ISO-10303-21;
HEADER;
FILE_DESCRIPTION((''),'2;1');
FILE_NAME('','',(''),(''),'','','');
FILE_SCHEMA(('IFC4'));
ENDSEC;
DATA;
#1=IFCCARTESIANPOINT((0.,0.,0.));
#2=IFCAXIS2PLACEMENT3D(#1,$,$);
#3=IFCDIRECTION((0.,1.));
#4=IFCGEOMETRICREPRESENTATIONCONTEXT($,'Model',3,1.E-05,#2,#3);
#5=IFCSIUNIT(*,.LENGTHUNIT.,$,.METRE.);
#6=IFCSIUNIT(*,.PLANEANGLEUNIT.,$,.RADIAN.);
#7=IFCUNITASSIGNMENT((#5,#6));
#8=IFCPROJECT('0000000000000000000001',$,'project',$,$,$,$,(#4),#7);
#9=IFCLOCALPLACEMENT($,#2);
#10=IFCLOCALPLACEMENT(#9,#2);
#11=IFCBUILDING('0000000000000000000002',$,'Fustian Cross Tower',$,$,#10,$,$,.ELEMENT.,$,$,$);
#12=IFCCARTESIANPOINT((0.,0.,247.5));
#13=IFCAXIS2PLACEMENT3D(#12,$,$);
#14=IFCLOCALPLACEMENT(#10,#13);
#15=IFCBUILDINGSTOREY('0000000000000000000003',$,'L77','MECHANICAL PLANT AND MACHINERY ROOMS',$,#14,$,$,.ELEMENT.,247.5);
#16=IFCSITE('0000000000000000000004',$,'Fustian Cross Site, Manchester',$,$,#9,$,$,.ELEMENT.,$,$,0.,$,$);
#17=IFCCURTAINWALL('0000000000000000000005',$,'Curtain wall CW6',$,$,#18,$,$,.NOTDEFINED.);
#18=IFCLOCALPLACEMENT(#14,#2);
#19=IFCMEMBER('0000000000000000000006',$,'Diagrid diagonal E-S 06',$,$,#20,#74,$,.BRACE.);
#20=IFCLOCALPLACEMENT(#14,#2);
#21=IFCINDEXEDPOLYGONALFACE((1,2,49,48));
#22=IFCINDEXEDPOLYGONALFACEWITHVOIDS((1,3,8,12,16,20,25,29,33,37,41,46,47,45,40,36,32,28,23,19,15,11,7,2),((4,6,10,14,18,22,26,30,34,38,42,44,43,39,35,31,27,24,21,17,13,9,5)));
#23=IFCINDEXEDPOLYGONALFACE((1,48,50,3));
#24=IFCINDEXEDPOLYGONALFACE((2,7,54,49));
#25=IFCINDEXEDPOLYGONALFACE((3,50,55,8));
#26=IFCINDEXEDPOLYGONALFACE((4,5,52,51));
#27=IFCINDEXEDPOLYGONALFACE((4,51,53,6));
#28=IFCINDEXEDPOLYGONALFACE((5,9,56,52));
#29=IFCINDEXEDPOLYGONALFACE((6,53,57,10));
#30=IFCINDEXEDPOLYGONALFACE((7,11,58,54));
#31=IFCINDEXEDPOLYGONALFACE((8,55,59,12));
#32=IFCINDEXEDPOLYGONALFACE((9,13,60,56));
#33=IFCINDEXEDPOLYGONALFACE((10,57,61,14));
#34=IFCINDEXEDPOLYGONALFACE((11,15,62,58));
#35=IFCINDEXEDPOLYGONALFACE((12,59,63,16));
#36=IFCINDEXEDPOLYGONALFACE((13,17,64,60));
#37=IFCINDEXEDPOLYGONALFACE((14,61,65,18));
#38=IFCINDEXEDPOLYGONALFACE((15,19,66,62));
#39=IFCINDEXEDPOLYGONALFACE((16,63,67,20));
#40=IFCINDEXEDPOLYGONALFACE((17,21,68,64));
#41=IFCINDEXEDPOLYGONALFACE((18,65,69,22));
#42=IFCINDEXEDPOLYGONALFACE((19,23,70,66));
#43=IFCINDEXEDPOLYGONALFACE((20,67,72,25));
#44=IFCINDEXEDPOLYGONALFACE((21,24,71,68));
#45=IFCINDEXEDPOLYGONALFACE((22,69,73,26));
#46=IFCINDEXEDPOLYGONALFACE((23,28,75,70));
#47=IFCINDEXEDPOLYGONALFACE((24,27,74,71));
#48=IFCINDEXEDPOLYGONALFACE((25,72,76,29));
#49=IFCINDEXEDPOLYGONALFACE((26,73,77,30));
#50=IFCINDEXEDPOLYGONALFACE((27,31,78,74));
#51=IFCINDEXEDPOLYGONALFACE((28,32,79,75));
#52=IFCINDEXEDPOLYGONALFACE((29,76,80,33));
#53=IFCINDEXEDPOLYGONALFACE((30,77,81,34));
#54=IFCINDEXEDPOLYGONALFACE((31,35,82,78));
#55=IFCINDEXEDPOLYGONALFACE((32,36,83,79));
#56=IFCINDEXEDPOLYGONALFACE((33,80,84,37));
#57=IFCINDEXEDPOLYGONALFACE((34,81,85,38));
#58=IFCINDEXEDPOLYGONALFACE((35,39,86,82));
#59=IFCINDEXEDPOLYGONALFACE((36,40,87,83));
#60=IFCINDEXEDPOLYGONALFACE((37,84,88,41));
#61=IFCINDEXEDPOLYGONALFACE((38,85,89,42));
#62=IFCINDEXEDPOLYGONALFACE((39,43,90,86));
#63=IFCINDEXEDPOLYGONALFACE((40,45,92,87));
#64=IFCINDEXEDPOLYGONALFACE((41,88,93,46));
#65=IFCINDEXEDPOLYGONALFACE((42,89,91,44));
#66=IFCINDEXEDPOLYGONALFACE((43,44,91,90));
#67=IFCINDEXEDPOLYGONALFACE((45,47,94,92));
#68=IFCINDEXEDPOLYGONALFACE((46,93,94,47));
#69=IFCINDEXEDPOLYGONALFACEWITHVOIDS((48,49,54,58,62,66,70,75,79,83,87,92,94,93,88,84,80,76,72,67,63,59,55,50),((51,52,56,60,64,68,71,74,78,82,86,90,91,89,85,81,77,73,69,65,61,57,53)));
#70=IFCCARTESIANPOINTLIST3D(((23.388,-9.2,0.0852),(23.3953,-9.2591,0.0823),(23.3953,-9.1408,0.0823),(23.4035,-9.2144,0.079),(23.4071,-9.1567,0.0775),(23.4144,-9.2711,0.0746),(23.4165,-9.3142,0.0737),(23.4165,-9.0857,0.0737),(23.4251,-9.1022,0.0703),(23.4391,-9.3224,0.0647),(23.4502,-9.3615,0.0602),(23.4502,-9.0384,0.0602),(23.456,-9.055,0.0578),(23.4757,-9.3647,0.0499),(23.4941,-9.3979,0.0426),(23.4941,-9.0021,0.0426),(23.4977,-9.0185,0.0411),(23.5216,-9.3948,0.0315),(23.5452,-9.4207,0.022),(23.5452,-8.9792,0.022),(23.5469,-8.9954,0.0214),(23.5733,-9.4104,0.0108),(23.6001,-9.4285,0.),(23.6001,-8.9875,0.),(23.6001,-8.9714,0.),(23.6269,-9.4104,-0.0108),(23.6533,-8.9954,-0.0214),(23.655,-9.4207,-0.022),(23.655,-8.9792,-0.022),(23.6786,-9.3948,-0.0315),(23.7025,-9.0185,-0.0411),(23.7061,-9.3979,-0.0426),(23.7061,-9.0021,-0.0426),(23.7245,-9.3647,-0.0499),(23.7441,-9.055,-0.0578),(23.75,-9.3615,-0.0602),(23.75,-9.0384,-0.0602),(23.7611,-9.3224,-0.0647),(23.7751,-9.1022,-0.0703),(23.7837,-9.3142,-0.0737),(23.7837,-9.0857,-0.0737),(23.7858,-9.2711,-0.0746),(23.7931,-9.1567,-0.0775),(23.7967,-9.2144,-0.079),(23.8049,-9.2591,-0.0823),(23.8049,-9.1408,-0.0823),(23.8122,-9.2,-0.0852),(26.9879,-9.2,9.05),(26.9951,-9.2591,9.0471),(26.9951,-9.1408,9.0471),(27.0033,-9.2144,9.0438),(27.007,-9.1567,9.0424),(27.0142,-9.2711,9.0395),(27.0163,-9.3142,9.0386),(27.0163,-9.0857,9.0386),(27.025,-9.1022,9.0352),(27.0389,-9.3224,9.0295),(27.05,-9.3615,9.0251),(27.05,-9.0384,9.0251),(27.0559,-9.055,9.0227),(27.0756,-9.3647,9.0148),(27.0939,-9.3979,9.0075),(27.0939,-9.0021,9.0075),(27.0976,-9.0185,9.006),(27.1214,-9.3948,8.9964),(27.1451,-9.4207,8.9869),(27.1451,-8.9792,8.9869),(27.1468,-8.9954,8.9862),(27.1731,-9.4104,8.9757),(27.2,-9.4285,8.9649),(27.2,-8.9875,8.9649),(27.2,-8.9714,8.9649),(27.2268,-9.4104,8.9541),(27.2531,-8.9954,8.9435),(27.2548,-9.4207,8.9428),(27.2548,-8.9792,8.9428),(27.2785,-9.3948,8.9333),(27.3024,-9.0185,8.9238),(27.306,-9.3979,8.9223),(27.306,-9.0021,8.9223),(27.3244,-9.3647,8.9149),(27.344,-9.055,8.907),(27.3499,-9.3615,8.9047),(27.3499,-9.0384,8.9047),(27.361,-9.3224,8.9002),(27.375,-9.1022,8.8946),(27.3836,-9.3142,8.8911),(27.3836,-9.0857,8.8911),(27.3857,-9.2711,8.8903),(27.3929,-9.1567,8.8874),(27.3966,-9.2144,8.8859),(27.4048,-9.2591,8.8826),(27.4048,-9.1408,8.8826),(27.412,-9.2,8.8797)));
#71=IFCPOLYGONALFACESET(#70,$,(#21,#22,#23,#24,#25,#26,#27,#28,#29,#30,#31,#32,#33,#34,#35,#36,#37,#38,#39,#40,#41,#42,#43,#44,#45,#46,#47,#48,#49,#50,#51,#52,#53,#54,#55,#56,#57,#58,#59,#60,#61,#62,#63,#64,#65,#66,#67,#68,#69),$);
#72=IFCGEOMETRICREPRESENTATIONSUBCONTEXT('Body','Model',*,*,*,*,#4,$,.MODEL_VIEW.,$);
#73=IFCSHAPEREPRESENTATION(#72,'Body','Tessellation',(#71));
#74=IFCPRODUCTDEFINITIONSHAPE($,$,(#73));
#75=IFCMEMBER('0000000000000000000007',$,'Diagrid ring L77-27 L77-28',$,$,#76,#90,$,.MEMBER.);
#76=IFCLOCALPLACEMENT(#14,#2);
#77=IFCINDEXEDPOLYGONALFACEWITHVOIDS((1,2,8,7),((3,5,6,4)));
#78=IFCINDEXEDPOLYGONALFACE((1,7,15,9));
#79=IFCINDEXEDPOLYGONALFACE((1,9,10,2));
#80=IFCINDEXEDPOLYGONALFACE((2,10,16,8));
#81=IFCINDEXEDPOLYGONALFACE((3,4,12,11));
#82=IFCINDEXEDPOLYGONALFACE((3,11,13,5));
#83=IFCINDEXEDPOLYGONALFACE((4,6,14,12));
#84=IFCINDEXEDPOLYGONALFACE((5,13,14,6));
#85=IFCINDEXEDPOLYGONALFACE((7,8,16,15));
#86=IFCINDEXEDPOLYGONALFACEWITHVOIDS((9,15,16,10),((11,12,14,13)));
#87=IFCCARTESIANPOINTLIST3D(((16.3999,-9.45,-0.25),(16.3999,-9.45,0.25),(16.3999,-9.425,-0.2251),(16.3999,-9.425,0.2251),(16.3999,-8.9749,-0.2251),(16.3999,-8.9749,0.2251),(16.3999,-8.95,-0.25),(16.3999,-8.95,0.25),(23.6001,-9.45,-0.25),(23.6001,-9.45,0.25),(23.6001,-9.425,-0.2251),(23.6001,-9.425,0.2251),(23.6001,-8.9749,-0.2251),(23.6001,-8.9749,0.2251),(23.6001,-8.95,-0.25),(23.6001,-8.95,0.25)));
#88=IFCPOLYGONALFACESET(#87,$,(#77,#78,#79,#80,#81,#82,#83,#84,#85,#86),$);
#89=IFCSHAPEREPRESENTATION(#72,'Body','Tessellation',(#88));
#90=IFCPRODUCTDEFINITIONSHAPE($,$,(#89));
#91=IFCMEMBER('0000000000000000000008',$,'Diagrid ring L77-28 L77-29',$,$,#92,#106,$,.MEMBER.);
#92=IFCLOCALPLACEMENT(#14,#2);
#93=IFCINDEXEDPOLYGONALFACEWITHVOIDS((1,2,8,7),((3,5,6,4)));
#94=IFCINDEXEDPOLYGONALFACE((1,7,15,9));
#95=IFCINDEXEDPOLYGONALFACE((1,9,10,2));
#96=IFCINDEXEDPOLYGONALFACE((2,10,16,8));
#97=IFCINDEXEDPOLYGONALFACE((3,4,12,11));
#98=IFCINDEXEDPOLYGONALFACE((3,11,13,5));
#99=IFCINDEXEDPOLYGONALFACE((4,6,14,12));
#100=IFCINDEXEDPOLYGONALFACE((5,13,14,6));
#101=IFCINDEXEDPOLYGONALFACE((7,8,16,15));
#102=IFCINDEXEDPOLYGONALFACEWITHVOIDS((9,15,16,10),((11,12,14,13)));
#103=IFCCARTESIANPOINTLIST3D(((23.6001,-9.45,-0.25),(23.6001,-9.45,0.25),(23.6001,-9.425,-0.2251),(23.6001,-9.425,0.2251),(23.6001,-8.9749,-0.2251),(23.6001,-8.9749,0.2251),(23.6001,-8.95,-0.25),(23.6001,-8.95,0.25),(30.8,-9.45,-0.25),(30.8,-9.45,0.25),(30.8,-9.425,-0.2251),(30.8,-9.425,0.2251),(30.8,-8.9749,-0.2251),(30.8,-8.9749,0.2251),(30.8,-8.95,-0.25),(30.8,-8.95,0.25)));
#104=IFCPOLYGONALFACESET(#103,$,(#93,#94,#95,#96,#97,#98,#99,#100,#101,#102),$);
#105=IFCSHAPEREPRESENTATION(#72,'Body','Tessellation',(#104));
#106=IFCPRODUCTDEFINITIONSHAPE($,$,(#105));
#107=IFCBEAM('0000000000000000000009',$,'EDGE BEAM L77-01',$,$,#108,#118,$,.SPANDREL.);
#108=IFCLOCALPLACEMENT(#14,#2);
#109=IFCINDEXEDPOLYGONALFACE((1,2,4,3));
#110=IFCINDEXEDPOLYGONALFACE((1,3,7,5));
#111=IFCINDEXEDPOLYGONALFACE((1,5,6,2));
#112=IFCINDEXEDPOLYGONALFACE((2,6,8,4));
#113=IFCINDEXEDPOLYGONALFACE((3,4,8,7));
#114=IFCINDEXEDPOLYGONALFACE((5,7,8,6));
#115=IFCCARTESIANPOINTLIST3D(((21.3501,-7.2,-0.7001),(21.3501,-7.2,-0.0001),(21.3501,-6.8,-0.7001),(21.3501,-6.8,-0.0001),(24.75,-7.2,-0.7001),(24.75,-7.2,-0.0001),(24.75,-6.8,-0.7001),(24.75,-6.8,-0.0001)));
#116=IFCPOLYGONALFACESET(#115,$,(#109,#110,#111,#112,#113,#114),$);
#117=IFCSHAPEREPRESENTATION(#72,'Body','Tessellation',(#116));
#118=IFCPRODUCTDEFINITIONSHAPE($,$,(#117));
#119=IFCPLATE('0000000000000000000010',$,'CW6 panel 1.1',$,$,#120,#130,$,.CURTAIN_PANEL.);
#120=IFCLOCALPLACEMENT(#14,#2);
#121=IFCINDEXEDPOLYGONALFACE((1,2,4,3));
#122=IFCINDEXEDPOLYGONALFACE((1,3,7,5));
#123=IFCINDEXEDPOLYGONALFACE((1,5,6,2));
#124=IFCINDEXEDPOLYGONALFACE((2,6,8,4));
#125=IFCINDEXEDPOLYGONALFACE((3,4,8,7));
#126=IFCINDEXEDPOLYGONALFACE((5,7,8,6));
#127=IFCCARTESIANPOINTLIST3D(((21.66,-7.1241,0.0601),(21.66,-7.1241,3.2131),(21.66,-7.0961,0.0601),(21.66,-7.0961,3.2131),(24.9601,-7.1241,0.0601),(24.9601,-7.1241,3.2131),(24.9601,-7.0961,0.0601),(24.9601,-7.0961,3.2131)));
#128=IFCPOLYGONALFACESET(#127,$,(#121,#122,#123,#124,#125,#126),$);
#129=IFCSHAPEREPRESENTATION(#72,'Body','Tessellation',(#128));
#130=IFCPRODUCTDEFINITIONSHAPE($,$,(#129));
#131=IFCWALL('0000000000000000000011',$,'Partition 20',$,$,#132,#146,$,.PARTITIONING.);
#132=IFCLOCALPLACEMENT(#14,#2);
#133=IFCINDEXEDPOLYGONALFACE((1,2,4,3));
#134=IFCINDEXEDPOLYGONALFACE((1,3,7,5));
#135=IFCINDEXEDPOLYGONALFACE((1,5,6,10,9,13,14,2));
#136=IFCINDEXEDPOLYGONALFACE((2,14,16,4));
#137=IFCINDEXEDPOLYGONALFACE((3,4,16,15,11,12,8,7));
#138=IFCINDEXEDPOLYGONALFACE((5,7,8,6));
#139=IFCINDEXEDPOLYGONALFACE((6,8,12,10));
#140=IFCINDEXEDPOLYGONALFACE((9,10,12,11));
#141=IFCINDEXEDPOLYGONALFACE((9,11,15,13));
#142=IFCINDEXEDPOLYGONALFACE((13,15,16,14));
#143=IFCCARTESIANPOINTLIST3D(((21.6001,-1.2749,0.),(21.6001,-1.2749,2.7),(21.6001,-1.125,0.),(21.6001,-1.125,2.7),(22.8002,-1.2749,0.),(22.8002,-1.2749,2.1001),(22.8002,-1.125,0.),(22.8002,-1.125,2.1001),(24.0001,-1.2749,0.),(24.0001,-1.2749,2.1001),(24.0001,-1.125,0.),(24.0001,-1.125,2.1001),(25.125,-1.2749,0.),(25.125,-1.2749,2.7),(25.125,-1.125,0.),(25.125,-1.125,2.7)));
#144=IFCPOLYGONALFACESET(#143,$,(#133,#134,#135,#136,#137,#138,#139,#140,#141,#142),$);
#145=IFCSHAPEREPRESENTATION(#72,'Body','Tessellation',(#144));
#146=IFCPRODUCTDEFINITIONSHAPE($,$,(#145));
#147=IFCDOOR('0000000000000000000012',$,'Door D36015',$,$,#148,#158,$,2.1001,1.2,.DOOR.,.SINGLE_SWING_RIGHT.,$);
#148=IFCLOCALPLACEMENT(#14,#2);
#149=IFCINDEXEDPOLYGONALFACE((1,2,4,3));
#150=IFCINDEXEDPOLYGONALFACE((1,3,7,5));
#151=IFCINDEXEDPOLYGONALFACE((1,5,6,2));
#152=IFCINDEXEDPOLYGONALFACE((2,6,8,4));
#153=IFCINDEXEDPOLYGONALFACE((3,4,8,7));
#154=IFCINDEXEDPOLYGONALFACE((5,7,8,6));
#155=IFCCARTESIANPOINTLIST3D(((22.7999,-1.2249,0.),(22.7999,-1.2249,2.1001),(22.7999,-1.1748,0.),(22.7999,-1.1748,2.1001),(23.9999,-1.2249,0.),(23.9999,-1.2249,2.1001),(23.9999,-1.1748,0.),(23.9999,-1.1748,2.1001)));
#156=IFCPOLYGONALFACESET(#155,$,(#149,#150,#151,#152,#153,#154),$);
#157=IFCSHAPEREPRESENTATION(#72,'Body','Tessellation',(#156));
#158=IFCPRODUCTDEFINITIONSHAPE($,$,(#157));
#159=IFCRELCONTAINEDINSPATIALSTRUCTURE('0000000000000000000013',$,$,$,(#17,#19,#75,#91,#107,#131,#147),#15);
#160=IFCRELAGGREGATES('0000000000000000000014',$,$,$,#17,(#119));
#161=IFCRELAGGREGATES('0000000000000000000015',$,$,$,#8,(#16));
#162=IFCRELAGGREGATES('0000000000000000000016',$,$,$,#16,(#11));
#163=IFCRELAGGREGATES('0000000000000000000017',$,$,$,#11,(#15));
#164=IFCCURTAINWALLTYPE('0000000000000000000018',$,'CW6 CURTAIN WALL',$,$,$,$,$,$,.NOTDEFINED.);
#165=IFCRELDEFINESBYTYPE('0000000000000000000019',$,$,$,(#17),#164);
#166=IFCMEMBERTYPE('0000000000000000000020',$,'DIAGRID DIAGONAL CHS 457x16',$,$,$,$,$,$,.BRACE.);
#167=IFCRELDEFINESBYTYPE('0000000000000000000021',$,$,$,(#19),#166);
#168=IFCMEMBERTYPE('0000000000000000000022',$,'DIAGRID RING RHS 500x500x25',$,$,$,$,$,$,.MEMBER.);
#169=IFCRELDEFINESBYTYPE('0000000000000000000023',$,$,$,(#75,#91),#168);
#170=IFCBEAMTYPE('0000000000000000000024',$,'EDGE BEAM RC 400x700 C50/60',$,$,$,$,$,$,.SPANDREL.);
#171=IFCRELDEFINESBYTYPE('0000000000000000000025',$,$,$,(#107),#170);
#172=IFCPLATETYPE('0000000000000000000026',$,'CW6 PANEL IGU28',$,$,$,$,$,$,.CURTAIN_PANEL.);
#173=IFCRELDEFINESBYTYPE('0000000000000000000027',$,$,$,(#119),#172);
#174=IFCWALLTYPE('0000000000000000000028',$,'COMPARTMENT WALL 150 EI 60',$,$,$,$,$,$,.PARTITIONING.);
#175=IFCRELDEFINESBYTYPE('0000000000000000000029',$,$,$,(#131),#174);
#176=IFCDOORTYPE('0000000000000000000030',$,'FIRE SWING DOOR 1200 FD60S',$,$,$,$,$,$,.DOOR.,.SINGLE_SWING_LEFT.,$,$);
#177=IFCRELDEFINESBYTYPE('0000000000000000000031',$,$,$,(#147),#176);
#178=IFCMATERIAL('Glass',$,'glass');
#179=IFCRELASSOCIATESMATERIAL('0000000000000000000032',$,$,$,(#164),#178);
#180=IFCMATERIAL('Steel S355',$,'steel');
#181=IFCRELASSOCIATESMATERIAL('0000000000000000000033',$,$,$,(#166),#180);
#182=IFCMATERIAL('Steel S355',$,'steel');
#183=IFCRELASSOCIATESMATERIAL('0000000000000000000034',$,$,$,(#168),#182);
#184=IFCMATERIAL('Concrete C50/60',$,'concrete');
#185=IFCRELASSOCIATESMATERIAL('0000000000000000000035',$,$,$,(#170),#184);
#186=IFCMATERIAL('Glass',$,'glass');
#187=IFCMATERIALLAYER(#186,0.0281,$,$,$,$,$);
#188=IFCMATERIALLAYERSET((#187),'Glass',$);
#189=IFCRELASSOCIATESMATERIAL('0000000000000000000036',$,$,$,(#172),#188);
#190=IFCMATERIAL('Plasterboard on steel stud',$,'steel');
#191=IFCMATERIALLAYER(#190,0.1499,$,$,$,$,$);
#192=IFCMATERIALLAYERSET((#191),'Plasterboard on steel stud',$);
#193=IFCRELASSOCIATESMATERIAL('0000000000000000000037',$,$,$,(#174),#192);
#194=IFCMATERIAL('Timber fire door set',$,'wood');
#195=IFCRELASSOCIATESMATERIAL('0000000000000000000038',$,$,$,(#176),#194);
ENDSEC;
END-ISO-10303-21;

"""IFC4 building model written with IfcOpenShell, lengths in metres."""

from ifc_helpers import new_model, si_unit, direction, frame, frame_2d, origin, origin_2d, place, context, subcontext, project, spatial, rectangle, hollow_rectangle, hollow_circle, extrude, material, layer, layer_set, material_profile, profile_set, type_object, element, fill, aggregate, save


model = new_model("IFC4")

# Units and contexts
model_context = context("Model", 3, precision=1e-05, world=origin(), true_north=direction((0.0, 1.0)))
body_context = subcontext(model_context, "Body", "Model", "MODEL_VIEW")
ifc_project = project(units=[si_unit("LENGTHUNIT", "METRE"), si_unit("PLANEANGLEUNIT", "RADIAN")], contexts=[model_context])

# Site, building, storey
site_placement = place(None, origin())
site = spatial("IfcSite", under=ifc_project, at=site_placement, Name="Fustian Cross Site, Manchester", CompositionType="ELEMENT", RefElevation=0.0)
building_placement = place(site_placement, origin())
building = spatial("IfcBuilding", under=site, at=building_placement, Name="Fustian Cross Tower", CompositionType="ELEMENT")
storey_placement = place(building_placement, frame((0.0, 0.0, 247.5)))
storey = spatial("IfcBuildingStorey", under=building, at=storey_placement, Name="L77", Description="MECHANICAL PLANT AND MACHINERY ROOMS", CompositionType="ELEMENT", Elevation=247.5)

# Curtain wall
ifc_material_1 = material(Name="Glass", Category="glass")
curtain_wall_type = type_object("IfcCurtainWallType", Name="CW6 CURTAIN WALL", PredefinedType="NOTDEFINED", material=ifc_material_1)
curtain_wall_1_placement = place(storey_placement, origin())
curtain_wall_1 = element("IfcCurtainWall", 1, at=curtain_wall_1_placement, inside=storey, type_object=curtain_wall_type, Name="Curtain wall CW6", PredefinedType="NOTDEFINED")

# Members
ifc_material_2 = material(Name="Steel S355", Category="steel")
ifc_material_profile_1 = material_profile(ifc_material_2, hollow_circle(Radius=0.2285, WallThickness=0.0161, at=origin_2d()), Name="CHS 457x16")
ifc_profile_set_1 = profile_set([ifc_material_profile_1], Name="Steel S355")
member_type_1 = type_object("IfcMemberType", Name="DIAGRID DIAGONAL CHS 457x16", PredefinedType="BRACE", material=ifc_profile_set_1)
for number, where, z_axis, x_axis, name in (
    (2, (23.6001, -9.2, 0.0), (0.372632, 0.0, 0.927979), (0.0, 1.0, 0.0), "Diagrid diagonal E-S 06"),
):
    element("IfcMember", number, at=place(storey_placement, frame(where, z_axis=z_axis, x_axis=x_axis)), inside=storey, type_object=member_type_1, Name=name, PredefinedType="BRACE", context=body_context, shape_type="SweptSolid", body=[
        extrude(hollow_circle(Radius=0.2285, WallThickness=0.0161, at=origin_2d()), origin(), (0.0, 0.0, 1.0), 9.6606),
    ])
ifc_material_3 = material(Name="Steel S355", Category="steel")
ifc_material_profile_2 = material_profile(ifc_material_3, hollow_rectangle(XDim=0.5, YDim=0.5, WallThickness=0.0249, at=origin_2d()), Name="RHS 500x500x25")
ifc_profile_set_2 = profile_set([ifc_material_profile_2], Name="Steel S355")
member_type_2 = type_object("IfcMemberType", Name="DIAGRID RING RHS 500x500x25", PredefinedType="MEMBER", material=ifc_profile_set_2)
member_1_placement = place(storey_placement, frame((16.3999, -9.2, 0.0), z_axis=(1.0, 0.0, 0.0), x_axis=(0.0, 1.0, 0.0)))
element("IfcMember", 3, at=member_1_placement, inside=storey, type_object=member_type_2, Name="Diagrid ring L77-27 L77-28", PredefinedType="MEMBER", context=body_context, shape_type="SweptSolid", body=[
    extrude(hollow_rectangle(XDim=0.5, YDim=0.5, WallThickness=0.0249, at=origin_2d()), origin(), (0.0, 0.0, 1.0), 7.2002),
])
member_2_placement = place(storey_placement, frame((23.6001, -9.2, 0.0), z_axis=(1.0, 0.0, 0.0), x_axis=(0.0, 1.0, 0.0)))
element("IfcMember", 4, at=member_2_placement, inside=storey, type_object=member_type_2, Name="Diagrid ring L77-28 L77-29", PredefinedType="MEMBER", context=body_context, shape_type="SweptSolid", body=[
    extrude(hollow_rectangle(XDim=0.5, YDim=0.5, WallThickness=0.0249, at=origin_2d()), origin(), (0.0, 0.0, 1.0), 7.2),
])

# Beam
ifc_material_4 = material(Name="Concrete C50/60", Category="concrete")
ifc_material_profile_3 = material_profile(ifc_material_4, rectangle(XDim=0.3999, YDim=0.7, at=origin_2d()), Name="RC 400x700")
ifc_profile_set_3 = profile_set([ifc_material_profile_3], Name="Concrete C50/60")
beam_type = type_object("IfcBeamType", Name="EDGE BEAM RC 400x700 C50/60", PredefinedType="SPANDREL", material=ifc_profile_set_3)
beam_placement = place(storey_placement, frame((21.3501, -7.0, -0.3501), z_axis=(1.0, 0.0, 0.0), x_axis=(0.0, 1.0, 0.0)))
element("IfcBeam", 5, at=beam_placement, inside=storey, type_object=beam_type, Name="EDGE BEAM L77-01", PredefinedType="SPANDREL", context=body_context, shape_type="SweptSolid", body=[
    extrude(rectangle(XDim=0.3999, YDim=0.7, at=origin_2d()), origin(), (0.0, 0.0, 1.0), 3.3999),
])

# Plate
ifc_material_5 = material(Name="Glass", Category="glass")
ifc_layer_1 = layer(ifc_material_5, 0.0281)
ifc_layer_set_1 = layer_set([ifc_layer_1], Name="Glass")
plate_type = type_object("IfcPlateType", Name="CW6 PANEL IGU28", PredefinedType="CURTAIN_PANEL", material=ifc_layer_set_1)
plate_placement = place(storey_placement, frame((23.3101, -7.1101, 0.0601), z_axis=(0.0, 0.0, 1.0), x_axis=(1.0, 0.0, 0.0)))
plate = element("IfcPlate", 6, at=plate_placement, type_object=plate_type, Name="CW6 panel 1.1", PredefinedType="CURTAIN_PANEL", context=body_context, shape_type="SweptSolid", body=[
    extrude(rectangle(XDim=3.3, YDim=0.0281, at=origin_2d()), origin(), (0.0, 0.0, 1.0), 3.1531),
])
aggregate(curtain_wall_1, [plate])

# Wall, opening, door
ifc_material_6 = material(Name="Plasterboard on steel stud", Category="steel")
ifc_layer_2 = layer(ifc_material_6, 0.1499)
ifc_layer_set_2 = layer_set([ifc_layer_2], Name="Plasterboard on steel stud")
wall_type_1 = type_object("IfcWallType", Name="COMPARTMENT WALL 150 EI 60", PredefinedType="PARTITIONING", material=ifc_layer_set_2)
wall_1_placement = place(storey_placement, frame((21.6001, -1.2, 0.0), z_axis=(0.0, 0.0, 1.0), x_axis=(1.0, 0.0, 0.0)))
wall_1 = element("IfcWall", 7, at=wall_1_placement, inside=storey, type_object=wall_type_1, Name="Partition 20", PredefinedType="PARTITIONING", context=body_context, shape_type="SweptSolid", body=[
    extrude(rectangle(XDim=3.5249, YDim=0.1499, at=frame_2d((1.7625, 0.0))), origin(), (0.0, 0.0, 1.0), 2.7),
])
opening_1_placement = place(wall_1_placement, frame((1.2, 0.0, 0.0)))
opening_1 = element("IfcOpeningElement", 8, at=opening_1_placement, cuts=wall_1, PredefinedType="OPENING", context=body_context, shape_type="SweptSolid", body=[
    extrude(rectangle(XDim=1.2, YDim=2.1001, at=frame_2d((0.6001, 1.05))), frame((0.0, 0.085, 0.0), z_axis=(0.0, -1.0, 0.0), x_axis=(1.0, 0.0, 0.0)), (0.0, 0.0, 1.0), 0.1699),
])
ifc_material_7 = material(Name="Timber fire door set", Category="wood")
door_type_1 = type_object("IfcDoorType", Name="FIRE SWING DOOR 1200 FD60S", OperationType="SINGLE_SWING_LEFT", PredefinedType="DOOR", material=ifc_material_7)
door_1_placement = place(opening_1_placement, frame((1.2, 0.0, 0.0), z_axis=(0.0, 0.0, 1.0), x_axis=(-1.0, 0.0, 0.0)))
door_1 = element("IfcDoor", 9, at=door_1_placement, inside=storey, type_object=door_type_1, Name="Door D36015", OperationType="SINGLE_SWING_RIGHT", OverallHeight=2.1001, OverallWidth=1.2, PredefinedType="DOOR", context=body_context, shape_type="SweptSolid", body=[
    extrude(rectangle(XDim=1.2, YDim=2.1001, at=frame_2d((0.6001, 1.05))), frame((0.0, 0.0249, 0.0), z_axis=(0.0, -1.0, 0.0), x_axis=(1.0, 0.0, 0.0)), (0.0, 0.0, 1.0), 0.05),
])
fill(opening_1, door_1)

save(model, "model.ifc")
